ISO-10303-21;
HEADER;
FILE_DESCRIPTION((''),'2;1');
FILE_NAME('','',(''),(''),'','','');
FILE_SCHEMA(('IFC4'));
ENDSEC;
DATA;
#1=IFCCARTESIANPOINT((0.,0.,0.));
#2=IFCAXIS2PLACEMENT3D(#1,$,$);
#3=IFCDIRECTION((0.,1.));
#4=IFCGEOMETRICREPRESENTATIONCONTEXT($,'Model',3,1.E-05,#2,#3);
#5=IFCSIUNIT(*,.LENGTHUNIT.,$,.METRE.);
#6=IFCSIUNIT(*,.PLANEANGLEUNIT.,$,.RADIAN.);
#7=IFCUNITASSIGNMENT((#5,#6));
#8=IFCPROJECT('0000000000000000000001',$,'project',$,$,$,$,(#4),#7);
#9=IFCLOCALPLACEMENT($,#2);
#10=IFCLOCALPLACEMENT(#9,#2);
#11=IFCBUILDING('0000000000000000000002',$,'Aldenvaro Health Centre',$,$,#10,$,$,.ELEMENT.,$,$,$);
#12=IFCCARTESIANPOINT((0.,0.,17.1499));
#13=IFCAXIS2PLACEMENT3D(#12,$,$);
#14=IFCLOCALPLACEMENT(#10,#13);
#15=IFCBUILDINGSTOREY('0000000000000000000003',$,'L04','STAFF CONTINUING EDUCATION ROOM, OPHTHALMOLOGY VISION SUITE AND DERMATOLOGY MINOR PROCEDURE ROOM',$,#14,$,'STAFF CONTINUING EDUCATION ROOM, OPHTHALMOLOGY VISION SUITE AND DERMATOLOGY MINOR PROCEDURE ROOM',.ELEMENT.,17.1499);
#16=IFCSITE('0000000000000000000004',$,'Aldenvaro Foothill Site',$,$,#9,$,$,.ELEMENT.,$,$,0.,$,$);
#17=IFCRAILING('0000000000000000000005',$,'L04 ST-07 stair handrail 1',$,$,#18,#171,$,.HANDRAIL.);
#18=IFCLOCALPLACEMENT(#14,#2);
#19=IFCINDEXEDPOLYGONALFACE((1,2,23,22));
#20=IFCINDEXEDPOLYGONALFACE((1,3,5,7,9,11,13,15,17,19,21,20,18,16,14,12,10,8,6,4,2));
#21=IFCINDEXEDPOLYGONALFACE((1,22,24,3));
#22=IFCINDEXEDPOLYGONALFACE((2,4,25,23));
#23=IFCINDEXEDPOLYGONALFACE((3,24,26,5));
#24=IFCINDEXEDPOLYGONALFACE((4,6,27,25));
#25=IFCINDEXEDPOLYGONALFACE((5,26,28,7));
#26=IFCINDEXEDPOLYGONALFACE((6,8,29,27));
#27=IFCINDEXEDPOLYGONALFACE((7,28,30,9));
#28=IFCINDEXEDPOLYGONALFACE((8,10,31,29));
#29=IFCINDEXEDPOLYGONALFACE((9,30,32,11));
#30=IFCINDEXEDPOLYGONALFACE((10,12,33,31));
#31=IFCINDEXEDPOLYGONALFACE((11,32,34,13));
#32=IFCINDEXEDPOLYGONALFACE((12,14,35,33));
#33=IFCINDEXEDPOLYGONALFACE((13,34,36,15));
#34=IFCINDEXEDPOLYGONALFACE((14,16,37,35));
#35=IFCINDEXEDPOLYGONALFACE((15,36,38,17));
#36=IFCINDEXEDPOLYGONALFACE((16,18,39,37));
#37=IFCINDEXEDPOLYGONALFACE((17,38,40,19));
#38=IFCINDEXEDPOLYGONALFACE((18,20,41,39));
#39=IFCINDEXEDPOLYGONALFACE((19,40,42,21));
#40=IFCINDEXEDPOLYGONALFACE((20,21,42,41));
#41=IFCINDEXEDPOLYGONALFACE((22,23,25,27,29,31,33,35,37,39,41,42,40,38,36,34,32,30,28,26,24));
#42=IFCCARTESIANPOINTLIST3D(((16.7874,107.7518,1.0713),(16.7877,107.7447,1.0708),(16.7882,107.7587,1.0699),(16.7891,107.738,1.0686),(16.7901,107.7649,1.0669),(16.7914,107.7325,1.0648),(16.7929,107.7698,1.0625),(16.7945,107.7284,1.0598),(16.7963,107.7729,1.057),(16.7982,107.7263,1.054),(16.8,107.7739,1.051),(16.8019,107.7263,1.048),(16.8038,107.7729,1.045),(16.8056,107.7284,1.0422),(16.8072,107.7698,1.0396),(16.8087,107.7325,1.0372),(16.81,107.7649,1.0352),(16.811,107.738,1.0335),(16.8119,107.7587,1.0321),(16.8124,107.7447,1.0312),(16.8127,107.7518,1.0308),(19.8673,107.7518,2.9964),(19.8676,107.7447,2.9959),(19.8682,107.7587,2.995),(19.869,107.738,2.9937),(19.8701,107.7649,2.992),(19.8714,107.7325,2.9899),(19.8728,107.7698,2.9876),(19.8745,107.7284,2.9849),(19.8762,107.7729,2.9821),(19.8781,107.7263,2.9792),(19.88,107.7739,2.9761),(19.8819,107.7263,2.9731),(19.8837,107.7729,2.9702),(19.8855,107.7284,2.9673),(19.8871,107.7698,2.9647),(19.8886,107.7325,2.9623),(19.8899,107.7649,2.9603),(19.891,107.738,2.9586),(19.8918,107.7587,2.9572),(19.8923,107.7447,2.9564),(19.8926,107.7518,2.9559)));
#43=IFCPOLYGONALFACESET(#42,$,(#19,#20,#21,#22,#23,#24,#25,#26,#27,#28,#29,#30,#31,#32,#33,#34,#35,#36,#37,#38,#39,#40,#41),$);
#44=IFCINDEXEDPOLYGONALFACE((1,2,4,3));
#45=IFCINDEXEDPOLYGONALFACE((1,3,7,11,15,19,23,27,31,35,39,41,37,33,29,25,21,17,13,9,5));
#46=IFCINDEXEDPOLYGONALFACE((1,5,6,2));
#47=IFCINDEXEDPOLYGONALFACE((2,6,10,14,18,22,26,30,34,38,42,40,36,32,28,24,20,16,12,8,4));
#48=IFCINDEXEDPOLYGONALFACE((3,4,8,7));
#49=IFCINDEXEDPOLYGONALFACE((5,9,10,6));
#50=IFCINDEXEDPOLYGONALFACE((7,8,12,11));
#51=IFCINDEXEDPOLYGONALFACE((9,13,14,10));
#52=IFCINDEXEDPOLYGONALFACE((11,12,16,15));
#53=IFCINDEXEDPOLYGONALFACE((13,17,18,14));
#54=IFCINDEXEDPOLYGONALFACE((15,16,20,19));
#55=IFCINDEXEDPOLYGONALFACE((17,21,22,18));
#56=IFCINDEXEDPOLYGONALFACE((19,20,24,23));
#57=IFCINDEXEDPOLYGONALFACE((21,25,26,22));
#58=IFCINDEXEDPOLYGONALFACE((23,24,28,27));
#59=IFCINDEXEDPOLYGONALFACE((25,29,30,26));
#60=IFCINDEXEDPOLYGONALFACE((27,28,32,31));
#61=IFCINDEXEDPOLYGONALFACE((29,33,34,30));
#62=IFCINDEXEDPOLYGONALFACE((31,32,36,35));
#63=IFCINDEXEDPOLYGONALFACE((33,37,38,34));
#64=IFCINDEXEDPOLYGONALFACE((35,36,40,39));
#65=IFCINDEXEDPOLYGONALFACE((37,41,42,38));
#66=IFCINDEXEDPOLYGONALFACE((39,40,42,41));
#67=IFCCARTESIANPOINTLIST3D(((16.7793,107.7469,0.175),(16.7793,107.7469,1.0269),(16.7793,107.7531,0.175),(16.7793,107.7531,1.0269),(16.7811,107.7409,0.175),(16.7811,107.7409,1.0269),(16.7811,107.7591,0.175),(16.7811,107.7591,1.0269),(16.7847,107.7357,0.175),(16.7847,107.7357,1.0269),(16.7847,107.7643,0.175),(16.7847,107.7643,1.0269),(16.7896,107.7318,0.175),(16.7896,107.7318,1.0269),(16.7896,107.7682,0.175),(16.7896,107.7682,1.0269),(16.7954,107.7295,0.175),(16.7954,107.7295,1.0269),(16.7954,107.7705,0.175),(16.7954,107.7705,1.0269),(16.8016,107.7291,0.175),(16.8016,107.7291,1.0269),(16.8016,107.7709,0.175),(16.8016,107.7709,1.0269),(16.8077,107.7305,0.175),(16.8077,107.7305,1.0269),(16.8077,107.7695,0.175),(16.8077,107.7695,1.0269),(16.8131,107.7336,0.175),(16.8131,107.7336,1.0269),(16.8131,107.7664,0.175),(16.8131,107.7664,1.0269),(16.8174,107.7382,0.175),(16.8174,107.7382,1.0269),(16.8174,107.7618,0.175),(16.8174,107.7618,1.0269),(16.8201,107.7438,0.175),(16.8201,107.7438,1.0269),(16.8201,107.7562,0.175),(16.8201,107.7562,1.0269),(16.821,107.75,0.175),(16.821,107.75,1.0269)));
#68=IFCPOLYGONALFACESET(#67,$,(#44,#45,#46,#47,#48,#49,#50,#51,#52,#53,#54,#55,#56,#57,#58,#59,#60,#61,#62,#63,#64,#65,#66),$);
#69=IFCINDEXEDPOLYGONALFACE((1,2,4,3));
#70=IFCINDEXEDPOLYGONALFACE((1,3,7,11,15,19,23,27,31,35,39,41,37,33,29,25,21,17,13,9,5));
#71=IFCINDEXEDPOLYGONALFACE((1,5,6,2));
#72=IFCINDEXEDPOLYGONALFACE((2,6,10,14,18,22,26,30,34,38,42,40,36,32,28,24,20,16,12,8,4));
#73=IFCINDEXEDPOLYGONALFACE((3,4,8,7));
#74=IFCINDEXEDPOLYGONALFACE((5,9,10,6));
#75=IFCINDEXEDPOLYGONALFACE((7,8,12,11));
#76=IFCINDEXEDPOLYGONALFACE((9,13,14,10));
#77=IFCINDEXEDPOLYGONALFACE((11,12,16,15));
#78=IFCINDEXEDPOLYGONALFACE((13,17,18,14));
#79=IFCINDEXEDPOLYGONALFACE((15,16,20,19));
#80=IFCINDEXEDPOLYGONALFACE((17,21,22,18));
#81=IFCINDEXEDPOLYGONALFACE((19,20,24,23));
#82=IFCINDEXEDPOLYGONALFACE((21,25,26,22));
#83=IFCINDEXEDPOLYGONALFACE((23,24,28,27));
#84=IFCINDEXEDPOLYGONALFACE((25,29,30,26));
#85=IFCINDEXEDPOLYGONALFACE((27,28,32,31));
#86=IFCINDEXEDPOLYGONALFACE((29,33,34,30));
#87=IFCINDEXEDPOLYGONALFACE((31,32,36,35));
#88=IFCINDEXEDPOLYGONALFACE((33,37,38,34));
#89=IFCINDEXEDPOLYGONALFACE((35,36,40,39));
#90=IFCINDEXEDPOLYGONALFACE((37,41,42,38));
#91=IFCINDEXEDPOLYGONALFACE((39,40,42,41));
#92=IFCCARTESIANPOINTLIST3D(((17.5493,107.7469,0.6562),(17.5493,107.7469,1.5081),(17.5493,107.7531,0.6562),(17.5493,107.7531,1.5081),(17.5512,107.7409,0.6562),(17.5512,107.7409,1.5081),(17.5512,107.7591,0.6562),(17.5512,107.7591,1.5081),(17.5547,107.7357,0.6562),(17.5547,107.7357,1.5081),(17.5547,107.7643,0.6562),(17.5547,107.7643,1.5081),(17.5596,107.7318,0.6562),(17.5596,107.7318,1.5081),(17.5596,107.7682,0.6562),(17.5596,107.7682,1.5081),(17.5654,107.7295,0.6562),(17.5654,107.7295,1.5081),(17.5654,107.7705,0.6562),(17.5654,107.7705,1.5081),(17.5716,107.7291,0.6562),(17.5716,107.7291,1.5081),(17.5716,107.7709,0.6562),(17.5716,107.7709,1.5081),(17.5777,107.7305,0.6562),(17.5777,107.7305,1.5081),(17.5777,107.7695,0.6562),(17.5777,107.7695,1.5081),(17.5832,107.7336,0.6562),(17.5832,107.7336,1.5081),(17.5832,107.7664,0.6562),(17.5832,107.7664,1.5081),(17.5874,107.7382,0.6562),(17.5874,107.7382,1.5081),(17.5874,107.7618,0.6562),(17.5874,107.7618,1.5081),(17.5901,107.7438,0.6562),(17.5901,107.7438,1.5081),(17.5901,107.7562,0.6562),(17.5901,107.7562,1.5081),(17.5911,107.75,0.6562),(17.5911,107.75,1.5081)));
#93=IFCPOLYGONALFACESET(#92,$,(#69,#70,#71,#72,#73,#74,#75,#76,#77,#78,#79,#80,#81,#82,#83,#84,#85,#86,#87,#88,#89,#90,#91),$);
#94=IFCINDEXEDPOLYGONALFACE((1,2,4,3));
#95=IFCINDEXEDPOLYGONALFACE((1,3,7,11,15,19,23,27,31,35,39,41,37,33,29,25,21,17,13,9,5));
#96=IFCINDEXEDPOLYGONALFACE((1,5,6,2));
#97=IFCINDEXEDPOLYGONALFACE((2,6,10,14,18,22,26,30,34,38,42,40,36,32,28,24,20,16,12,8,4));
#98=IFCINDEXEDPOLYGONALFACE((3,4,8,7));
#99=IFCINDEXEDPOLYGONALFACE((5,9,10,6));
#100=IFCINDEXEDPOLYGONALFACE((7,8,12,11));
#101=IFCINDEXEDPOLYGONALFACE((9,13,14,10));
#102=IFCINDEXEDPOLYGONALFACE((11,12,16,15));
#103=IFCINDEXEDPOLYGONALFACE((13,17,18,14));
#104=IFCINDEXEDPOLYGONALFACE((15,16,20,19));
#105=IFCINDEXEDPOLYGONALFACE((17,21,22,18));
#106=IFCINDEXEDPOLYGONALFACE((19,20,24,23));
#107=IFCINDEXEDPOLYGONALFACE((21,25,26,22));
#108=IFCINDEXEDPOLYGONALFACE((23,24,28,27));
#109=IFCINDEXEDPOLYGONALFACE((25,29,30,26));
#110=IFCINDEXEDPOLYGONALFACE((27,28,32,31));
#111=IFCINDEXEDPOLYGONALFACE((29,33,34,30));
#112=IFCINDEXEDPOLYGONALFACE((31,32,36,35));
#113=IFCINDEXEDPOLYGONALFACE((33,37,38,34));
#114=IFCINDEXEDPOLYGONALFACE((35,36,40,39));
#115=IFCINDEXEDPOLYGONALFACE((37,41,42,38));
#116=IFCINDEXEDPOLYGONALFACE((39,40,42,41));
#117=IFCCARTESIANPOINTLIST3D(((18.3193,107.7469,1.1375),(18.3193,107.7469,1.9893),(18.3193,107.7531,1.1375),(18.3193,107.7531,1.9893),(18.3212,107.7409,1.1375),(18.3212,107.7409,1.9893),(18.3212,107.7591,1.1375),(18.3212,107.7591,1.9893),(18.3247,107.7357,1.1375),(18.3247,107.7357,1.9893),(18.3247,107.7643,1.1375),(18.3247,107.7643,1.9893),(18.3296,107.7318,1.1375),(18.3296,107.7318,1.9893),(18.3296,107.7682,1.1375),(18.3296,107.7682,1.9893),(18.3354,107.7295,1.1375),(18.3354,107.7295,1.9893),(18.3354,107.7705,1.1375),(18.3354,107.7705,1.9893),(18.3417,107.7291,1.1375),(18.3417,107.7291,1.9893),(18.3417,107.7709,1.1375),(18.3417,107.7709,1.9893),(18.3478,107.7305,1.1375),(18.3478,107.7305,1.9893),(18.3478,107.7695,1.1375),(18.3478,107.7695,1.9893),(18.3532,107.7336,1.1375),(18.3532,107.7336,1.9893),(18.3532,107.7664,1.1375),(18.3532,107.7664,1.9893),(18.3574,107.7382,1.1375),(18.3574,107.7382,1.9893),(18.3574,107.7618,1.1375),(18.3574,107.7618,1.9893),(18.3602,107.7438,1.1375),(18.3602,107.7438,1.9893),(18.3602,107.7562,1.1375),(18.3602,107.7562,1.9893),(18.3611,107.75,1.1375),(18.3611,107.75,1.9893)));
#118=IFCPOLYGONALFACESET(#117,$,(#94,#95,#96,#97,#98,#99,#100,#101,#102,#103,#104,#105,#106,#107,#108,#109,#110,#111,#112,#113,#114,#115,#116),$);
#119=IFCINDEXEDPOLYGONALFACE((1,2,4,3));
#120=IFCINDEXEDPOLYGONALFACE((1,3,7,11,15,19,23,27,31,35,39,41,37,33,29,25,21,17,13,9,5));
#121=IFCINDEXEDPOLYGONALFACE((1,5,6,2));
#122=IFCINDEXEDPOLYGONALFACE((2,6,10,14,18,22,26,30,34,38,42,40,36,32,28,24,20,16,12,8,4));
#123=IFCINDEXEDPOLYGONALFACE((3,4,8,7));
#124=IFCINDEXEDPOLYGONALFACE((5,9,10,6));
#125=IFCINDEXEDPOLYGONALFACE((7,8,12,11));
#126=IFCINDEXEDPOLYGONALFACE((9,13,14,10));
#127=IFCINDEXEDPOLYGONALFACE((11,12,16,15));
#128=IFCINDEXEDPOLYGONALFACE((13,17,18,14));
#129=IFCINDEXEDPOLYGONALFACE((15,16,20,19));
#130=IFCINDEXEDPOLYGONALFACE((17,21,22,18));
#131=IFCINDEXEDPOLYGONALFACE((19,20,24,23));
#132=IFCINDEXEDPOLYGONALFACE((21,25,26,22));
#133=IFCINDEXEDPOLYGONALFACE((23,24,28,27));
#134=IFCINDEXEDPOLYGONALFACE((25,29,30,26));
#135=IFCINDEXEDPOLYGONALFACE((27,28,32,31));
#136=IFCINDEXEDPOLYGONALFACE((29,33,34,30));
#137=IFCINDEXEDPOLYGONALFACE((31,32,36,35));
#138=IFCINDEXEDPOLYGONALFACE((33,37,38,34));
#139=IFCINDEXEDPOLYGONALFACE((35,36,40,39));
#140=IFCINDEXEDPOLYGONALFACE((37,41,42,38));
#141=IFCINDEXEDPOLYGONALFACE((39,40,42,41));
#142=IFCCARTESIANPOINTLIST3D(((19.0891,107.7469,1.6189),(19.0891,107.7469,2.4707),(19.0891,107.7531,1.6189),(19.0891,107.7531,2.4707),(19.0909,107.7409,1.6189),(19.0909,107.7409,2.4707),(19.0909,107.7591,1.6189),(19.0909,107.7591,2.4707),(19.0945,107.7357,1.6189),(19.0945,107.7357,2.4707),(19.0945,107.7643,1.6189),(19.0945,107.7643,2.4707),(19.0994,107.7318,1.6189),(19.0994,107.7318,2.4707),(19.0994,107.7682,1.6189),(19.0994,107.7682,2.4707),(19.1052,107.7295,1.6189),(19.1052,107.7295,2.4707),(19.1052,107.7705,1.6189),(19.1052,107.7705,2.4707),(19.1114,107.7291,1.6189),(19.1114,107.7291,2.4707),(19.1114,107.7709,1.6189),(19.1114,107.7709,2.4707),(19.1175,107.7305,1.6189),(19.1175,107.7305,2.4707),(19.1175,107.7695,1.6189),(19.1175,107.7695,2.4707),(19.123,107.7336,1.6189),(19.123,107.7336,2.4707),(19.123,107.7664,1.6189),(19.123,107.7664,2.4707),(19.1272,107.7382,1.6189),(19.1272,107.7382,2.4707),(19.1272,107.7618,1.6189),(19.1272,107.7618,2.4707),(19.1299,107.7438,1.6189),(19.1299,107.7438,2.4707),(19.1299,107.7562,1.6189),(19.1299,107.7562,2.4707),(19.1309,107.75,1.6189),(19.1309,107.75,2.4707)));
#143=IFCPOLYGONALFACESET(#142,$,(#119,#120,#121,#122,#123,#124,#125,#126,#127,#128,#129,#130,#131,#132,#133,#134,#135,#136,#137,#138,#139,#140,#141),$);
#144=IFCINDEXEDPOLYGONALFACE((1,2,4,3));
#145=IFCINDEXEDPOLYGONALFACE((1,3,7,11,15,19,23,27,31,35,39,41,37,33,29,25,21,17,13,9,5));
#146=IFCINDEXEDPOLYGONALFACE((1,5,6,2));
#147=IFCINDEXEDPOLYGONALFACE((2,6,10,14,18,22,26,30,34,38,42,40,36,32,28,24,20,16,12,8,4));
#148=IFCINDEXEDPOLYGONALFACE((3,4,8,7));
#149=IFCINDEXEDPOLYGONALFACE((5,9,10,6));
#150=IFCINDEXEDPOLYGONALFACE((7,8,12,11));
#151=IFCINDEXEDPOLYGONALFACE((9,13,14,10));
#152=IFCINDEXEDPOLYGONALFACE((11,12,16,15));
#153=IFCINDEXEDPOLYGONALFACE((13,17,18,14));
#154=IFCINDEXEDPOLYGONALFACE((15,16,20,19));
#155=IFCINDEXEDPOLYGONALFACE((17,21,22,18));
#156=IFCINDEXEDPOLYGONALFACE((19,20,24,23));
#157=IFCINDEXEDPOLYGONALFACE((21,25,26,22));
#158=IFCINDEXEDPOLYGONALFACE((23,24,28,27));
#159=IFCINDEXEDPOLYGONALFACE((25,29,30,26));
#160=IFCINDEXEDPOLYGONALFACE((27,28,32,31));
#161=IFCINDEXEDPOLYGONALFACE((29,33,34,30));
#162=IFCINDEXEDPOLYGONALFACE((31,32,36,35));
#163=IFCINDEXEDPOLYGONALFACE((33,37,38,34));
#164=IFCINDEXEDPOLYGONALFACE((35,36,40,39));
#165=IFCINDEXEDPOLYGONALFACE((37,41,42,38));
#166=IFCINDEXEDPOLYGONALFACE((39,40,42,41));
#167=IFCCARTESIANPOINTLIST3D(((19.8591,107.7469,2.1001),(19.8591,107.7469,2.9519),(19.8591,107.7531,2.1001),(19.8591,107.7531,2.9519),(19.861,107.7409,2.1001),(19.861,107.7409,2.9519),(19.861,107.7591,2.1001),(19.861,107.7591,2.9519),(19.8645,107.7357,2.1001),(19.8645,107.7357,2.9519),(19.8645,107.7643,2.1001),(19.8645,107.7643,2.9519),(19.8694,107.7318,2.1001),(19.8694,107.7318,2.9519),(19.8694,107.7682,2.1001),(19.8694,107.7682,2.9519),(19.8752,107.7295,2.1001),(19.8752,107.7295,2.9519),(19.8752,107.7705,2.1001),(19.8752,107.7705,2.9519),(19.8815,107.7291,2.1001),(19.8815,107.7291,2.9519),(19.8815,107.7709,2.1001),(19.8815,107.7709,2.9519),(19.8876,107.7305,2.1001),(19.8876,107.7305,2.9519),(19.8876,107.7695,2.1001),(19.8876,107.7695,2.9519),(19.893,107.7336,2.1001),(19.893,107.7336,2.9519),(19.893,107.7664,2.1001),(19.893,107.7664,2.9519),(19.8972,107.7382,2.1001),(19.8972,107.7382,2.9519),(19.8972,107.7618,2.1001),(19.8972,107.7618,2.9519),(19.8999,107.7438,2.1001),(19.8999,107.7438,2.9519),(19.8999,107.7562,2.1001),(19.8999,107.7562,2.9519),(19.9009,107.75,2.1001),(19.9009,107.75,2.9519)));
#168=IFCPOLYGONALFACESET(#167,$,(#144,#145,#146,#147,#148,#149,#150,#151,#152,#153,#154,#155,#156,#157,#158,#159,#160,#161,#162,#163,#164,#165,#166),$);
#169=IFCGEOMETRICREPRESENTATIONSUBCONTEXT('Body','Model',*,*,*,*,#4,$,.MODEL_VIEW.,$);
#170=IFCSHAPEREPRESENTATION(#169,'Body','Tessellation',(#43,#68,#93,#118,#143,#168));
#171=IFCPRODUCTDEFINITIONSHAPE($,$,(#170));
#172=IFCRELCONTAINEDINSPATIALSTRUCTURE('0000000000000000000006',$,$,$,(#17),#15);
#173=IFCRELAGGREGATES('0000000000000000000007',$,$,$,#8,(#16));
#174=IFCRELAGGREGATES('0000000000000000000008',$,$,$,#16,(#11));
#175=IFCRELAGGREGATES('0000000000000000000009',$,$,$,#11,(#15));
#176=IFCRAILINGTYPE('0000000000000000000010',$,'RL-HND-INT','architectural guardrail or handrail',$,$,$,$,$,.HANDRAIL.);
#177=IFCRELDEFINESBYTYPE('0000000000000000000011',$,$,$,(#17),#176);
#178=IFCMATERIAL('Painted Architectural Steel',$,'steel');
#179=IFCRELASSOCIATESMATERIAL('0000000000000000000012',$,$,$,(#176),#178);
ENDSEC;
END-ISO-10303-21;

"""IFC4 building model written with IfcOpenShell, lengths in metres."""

from ifc_helpers import new_model, si_unit, direction, frame, origin, origin_2d, place, context, subcontext, project, spatial, circle, extrude, material, type_object, element, save


model = new_model("IFC4")

# Units and contexts
model_context = context("Model", 3, precision=1e-05, world=origin(), true_north=direction((0.0, 1.0)))
body_context = subcontext(model_context, "Body", "Model", "MODEL_VIEW")
ifc_project = project(units=[si_unit("LENGTHUNIT", "METRE"), si_unit("PLANEANGLEUNIT", "RADIAN")], contexts=[model_context])

# Site, building, storey
site_placement = place(None, origin())
site = spatial("IfcSite", under=ifc_project, at=site_placement, Name="Aldenvaro Foothill Site", CompositionType="ELEMENT", RefElevation=0.0)
building_placement = place(site_placement, origin())
building = spatial("IfcBuilding", under=site, at=building_placement, Name="Aldenvaro Health Centre", CompositionType="ELEMENT")
storey_placement = place(building_placement, frame((0.0, 0.0, 17.1499)))
storey = spatial("IfcBuildingStorey", under=building, at=storey_placement, Name="L04", Description="STAFF CONTINUING EDUCATION ROOM, OPHTHALMOLOGY VISION SUITE AND DERMATOLOGY MINOR PROCEDURE ROOM", LongName="STAFF CONTINUING EDUCATION ROOM, OPHTHALMOLOGY VISION SUITE AND DERMATOLOGY MINOR PROCEDURE ROOM", CompositionType="ELEMENT", Elevation=17.1499)

# Railing
ifc_material_1 = material(Name="Painted Architectural Steel", Category="steel")
railing_type_1 = type_object("IfcRailingType", Name="RL-HND-INT", Description="architectural guardrail or handrail", PredefinedType="HANDRAIL", material=ifc_material_1)
railing_1_placement = place(storey_placement, frame((16.8, 107.75, 0.175)))
element("IfcRailing", 1, at=railing_1_placement, inside=storey, type_object=railing_type_1, Name="L04 ST-07 stair handrail 1", PredefinedType="HANDRAIL", context=body_context, shape_type="SweptSolid", body=[
    extrude(circle(Radius=0.0239, at=origin_2d()), frame((0.0, 0.0, 0.876), z_axis=(0.847979, 0.0, 0.530029), x_axis=(0.0, 1.0, 0.0)), (0.0, 0.0, 1.0), 3.6321),
    extrude(circle(Radius=0.021, at=origin_2d()), origin(), (0.0, 0.0, 1.0), 0.8518),
    extrude(circle(Radius=0.021, at=origin_2d()), frame((0.77, 0.0, 0.4812)), (0.0, 0.0, 1.0), 0.8518),
    extrude(circle(Radius=0.021, at=origin_2d()), frame((1.54, 0.0, 0.9624)), (0.0, 0.0, 1.0), 0.8518),
    extrude(circle(Radius=0.021, at=origin_2d()), frame((2.3098, 0.0, 1.4438)), (0.0, 0.0, 1.0), 0.8518),
    extrude(circle(Radius=0.021, at=origin_2d()), frame((3.0798, 0.0, 1.925)), (0.0, 0.0, 1.0), 0.8518),
])

save(model, "model.ifc")
